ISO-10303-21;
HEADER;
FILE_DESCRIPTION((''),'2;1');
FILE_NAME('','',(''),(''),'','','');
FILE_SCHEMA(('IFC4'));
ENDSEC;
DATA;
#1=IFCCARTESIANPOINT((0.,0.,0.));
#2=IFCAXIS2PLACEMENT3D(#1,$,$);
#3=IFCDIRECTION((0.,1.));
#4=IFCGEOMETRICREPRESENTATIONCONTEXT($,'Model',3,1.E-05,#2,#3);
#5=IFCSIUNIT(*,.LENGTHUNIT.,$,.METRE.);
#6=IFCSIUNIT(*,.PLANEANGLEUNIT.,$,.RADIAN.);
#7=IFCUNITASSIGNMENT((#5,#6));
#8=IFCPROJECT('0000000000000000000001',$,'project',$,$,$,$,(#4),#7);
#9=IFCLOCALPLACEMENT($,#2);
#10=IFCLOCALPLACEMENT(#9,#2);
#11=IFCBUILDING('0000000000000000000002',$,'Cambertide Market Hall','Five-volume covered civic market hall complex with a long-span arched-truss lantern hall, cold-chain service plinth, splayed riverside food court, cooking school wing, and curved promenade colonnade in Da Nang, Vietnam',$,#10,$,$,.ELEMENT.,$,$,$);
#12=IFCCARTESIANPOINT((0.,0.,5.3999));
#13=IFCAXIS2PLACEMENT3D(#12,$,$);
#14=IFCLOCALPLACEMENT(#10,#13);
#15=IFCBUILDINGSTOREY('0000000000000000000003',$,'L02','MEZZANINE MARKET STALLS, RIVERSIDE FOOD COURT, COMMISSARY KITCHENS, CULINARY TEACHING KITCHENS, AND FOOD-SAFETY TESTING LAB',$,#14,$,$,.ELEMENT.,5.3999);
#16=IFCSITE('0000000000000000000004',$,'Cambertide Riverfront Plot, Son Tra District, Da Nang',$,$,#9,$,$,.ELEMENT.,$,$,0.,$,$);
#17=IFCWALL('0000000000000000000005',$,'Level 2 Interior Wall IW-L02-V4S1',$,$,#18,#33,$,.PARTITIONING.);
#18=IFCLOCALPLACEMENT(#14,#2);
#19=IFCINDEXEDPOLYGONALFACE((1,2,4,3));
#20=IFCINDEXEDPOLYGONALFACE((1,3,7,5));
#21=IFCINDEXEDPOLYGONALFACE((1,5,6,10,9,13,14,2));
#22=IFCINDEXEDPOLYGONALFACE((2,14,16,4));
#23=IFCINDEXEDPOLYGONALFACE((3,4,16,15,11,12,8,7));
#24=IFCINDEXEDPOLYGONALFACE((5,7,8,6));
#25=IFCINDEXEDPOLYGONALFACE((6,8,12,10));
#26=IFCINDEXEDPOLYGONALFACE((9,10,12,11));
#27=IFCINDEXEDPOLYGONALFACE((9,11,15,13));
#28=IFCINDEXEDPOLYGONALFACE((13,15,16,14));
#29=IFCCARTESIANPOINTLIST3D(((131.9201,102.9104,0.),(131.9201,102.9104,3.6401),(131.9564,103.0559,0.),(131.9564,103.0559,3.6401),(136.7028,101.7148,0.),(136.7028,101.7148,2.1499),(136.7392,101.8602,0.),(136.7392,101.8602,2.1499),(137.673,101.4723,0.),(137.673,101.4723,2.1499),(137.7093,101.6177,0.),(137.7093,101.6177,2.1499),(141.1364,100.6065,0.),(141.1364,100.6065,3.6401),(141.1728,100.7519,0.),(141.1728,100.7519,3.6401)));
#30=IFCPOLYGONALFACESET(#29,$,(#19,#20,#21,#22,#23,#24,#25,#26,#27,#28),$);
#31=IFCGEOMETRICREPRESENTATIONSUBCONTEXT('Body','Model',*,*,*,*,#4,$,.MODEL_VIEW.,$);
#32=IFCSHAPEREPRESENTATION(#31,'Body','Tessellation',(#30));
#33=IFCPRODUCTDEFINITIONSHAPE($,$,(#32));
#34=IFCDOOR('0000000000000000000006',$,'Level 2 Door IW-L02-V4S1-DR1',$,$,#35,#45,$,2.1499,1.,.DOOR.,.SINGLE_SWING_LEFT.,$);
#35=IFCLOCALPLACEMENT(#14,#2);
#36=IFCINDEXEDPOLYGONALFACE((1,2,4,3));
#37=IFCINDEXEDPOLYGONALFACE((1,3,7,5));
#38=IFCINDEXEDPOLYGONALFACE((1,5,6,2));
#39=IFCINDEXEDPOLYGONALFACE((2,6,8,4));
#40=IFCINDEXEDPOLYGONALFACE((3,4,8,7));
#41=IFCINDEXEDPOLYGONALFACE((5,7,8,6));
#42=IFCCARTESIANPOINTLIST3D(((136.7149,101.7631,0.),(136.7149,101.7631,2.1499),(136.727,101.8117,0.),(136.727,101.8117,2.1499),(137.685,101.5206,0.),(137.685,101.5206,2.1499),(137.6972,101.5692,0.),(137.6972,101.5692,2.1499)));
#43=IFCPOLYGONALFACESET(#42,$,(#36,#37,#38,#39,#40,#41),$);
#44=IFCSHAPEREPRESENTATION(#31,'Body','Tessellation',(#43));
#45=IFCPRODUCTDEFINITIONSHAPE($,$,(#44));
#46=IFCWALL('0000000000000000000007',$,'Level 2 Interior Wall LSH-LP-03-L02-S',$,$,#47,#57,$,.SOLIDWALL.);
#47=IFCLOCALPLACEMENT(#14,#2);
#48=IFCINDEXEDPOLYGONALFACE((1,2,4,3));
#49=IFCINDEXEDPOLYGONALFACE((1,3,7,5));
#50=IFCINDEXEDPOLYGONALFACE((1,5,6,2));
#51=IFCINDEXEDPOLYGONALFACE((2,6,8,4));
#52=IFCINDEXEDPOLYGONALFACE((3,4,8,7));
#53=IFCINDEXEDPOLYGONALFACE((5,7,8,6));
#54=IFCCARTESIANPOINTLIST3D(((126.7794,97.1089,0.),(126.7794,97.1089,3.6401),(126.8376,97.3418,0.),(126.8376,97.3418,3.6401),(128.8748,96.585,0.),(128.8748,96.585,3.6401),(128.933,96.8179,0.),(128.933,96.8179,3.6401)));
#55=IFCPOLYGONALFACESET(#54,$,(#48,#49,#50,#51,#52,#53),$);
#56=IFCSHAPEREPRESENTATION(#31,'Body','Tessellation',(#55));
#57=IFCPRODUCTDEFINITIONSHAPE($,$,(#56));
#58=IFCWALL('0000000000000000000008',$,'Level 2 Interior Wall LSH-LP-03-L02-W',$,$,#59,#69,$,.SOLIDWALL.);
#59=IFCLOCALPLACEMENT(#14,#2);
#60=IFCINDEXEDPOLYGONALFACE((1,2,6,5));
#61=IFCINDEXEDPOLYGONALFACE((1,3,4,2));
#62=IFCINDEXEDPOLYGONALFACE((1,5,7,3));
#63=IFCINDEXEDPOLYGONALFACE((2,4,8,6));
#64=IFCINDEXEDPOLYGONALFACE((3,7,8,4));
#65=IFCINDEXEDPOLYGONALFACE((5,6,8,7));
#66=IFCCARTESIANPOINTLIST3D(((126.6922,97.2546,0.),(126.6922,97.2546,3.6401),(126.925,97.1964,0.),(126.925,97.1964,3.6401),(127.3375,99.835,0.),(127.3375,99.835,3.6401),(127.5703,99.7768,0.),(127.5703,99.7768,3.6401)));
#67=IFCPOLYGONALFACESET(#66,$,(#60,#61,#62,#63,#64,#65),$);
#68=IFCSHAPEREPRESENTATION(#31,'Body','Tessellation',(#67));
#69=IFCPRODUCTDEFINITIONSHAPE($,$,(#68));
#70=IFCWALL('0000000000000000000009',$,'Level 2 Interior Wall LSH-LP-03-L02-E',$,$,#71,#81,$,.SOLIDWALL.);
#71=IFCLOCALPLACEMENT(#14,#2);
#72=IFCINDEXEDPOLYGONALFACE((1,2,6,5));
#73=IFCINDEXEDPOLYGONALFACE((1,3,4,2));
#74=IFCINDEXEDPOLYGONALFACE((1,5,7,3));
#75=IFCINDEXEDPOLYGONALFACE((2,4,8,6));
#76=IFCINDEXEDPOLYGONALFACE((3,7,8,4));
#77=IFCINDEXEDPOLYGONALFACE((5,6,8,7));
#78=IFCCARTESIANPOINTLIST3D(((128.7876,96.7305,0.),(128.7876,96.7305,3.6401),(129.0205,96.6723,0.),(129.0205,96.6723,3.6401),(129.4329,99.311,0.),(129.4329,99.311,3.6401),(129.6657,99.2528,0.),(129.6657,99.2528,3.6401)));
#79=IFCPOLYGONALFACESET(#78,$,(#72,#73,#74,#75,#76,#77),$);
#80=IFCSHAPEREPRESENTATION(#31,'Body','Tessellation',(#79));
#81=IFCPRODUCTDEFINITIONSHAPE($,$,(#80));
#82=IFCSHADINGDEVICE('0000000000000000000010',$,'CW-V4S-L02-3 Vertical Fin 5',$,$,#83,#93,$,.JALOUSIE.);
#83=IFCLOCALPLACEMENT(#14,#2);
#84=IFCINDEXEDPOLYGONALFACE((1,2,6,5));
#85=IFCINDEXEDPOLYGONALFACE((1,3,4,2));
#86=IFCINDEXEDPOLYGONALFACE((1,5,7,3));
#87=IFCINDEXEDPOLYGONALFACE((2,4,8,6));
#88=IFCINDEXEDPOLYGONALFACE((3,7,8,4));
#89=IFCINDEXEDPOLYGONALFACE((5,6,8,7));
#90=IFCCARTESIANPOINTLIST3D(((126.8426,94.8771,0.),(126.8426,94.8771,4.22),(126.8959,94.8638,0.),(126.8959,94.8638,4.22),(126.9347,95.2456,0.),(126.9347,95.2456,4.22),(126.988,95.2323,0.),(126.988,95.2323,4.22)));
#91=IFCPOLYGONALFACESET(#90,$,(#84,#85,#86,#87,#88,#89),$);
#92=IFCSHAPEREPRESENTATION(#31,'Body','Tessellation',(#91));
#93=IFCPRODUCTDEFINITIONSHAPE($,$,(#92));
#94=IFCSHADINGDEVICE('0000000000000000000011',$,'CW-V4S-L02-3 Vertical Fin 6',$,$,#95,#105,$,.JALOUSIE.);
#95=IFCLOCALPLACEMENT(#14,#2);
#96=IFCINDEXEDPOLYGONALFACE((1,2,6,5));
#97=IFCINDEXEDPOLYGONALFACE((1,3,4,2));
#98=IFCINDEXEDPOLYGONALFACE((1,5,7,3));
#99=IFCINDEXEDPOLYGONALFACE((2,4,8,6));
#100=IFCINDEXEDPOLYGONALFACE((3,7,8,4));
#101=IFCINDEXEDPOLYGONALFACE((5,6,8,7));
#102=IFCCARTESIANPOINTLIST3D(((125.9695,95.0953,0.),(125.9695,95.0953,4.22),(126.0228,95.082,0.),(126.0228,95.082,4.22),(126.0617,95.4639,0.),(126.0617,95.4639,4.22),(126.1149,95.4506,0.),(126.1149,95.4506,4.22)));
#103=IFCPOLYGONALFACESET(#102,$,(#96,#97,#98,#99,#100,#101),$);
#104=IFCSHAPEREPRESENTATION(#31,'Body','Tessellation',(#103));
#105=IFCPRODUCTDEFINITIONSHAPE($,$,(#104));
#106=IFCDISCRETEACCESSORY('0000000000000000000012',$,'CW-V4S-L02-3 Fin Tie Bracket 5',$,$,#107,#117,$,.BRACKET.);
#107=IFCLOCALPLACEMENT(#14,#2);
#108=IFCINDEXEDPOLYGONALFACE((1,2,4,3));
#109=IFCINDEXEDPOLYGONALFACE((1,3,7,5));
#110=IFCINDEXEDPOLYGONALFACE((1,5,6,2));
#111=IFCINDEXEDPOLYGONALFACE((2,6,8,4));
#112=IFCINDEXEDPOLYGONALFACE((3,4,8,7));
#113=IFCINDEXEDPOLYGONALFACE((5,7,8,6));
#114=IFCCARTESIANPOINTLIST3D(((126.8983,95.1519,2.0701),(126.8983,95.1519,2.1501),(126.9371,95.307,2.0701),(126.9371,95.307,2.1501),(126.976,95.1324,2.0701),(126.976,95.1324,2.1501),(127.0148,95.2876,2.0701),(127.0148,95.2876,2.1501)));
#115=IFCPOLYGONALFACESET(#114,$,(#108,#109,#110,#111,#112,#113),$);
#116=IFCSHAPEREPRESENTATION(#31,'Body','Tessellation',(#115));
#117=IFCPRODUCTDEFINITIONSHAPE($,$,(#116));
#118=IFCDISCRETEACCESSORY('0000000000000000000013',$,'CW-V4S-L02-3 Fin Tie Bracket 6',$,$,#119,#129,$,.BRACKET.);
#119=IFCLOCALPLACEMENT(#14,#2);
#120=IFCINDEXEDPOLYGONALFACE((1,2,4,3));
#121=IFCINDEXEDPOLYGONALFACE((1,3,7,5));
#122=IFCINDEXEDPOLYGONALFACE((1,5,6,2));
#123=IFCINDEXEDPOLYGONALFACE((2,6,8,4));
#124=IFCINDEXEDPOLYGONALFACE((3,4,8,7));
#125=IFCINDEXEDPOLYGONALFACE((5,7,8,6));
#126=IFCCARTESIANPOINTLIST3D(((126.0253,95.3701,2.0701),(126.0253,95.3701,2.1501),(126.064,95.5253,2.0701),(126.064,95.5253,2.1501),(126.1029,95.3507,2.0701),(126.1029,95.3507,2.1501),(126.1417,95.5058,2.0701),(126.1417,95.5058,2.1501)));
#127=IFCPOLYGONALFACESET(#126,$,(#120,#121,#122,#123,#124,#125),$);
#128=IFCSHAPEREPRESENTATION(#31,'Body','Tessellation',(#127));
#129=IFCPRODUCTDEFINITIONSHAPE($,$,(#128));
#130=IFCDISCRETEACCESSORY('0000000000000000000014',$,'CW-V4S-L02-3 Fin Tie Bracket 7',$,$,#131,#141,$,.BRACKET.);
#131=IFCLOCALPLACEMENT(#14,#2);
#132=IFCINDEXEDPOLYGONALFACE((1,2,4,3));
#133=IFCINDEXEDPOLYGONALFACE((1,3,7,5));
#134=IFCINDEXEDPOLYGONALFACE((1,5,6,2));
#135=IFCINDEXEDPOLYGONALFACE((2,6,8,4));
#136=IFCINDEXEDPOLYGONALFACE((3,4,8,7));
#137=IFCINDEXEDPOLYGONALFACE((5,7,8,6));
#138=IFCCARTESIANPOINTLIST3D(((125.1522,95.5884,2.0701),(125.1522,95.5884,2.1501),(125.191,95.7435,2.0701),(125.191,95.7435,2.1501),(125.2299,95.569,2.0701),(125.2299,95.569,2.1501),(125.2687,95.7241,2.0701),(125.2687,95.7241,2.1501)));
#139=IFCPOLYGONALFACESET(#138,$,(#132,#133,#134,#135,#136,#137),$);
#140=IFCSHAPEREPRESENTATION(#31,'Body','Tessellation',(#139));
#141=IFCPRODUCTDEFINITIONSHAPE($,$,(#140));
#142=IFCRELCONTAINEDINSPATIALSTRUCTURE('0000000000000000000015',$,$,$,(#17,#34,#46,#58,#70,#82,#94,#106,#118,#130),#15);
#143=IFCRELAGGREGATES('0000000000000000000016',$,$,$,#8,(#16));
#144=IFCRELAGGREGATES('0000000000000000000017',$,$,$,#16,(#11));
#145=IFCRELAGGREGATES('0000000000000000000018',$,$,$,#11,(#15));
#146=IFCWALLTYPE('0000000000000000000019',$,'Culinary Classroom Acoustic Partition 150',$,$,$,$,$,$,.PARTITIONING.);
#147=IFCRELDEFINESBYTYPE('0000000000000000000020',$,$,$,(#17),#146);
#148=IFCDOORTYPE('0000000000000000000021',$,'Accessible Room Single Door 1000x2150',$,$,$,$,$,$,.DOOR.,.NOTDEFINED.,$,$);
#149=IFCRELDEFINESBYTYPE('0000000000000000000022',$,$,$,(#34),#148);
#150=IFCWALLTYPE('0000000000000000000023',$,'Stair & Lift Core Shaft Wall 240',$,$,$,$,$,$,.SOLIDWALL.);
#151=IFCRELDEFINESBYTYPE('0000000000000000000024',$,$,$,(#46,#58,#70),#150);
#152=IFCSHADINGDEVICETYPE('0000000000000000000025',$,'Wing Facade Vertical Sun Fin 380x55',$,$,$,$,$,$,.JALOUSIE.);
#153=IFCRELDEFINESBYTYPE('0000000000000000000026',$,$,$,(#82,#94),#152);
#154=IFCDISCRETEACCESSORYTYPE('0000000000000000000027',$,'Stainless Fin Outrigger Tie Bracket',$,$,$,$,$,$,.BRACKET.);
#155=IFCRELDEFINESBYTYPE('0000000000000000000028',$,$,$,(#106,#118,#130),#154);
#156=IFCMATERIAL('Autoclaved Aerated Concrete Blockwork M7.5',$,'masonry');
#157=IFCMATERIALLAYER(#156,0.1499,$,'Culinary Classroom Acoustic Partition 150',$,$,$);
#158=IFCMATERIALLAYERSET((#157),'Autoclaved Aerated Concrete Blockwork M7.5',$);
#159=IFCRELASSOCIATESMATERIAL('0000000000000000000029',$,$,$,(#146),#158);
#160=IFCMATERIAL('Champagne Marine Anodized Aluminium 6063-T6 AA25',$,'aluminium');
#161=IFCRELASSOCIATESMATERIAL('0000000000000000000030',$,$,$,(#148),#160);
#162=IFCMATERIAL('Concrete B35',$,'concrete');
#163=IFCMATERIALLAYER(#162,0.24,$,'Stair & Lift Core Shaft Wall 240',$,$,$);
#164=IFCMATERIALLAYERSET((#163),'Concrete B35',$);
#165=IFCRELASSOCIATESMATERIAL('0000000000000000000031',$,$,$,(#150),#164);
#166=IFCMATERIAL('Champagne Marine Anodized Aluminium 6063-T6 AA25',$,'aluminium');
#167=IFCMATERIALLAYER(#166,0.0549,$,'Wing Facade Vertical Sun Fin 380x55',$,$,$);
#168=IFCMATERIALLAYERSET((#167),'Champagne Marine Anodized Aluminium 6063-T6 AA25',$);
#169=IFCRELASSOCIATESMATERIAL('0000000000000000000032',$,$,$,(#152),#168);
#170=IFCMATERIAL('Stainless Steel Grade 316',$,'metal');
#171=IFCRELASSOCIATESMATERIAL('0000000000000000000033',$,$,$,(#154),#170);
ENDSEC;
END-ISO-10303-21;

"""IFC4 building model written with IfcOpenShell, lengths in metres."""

from ifc_helpers import new_model, si_unit, direction, frame, frame_2d, origin, origin_2d, place, context, subcontext, project, spatial, rectangle, extrude, material, layer, layer_set, type_object, element, fill, save


model = new_model("IFC4")

# Units and contexts
model_context = context("Model", 3, precision=1e-05, world=origin(), true_north=direction((0.0, 1.0)))
body_context = subcontext(model_context, "Body", "Model", "MODEL_VIEW")
ifc_project = project(units=[si_unit("LENGTHUNIT", "METRE"), si_unit("PLANEANGLEUNIT", "RADIAN")], contexts=[model_context])

# Site, building, storey
site_placement = place(None, origin())
site = spatial("IfcSite", under=ifc_project, at=site_placement, Name="Cambertide Riverfront Plot, Son Tra District, Da Nang", CompositionType="ELEMENT", RefElevation=0.0)
building_placement = place(site_placement, origin())
building = spatial("IfcBuilding", under=site, at=building_placement, Name="Cambertide Market Hall", Description="Five-volume covered civic market hall complex with a long-span arched-truss lantern hall, cold-chain service plinth, splayed riverside food court, cooking school wing, and curved promenade colonnade in Da Nang, Vietnam", CompositionType="ELEMENT")
storey_placement = place(building_placement, frame((0.0, 0.0, 5.3999)))
storey = spatial("IfcBuildingStorey", under=building, at=storey_placement, Name="L02", Description="MEZZANINE MARKET STALLS, RIVERSIDE FOOD COURT, COMMISSARY KITCHENS, CULINARY TEACHING KITCHENS, AND FOOD-SAFETY TESTING LAB", CompositionType="ELEMENT", Elevation=5.3999)

# Wall, opening, door
ifc_material_1 = material(Name="Autoclaved Aerated Concrete Blockwork M7.5", Category="masonry")
ifc_layer_1 = layer(ifc_material_1, 0.1499, Name="Culinary Classroom Acoustic Partition 150")
ifc_layer_set_1 = layer_set([ifc_layer_1], Name="Autoclaved Aerated Concrete Blockwork M7.5")
wall_type_1 = type_object("IfcWallType", Name="Culinary Classroom Acoustic Partition 150", PredefinedType="PARTITIONING", material=ifc_layer_set_1)
wall_1_placement = place(storey_placement, frame((131.9382, 102.9832, 0.0), z_axis=(0.0, 0.0, 1.0), x_axis=(0.970146, -0.242524, 0.0)))
wall_1 = element("IfcWall", 1, at=wall_1_placement, inside=storey, type_object=wall_type_1, Name="Level 2 Interior Wall IW-L02-V4S1", PredefinedType="PARTITIONING", context=body_context, shape_type="SweptSolid", body=[
    extrude(rectangle(XDim=9.5, YDim=0.1499, at=frame_2d((4.75, 0.0))), origin(), (0.0, 0.0, 1.0), 3.6401),
])
opening_1_placement = place(wall_1_placement, frame((4.9299, 0.0, 0.0)))
opening_1 = element("IfcOpeningElement", 2, at=opening_1_placement, cuts=wall_1, PredefinedType="OPENING", context=body_context, shape_type="SweptSolid", body=[
    extrude(rectangle(XDim=1.0, YDim=2.1499, at=frame_2d((0.5, 1.075))), frame((0.0, 0.085, 0.0), z_axis=(0.0, -1.0, 0.0), x_axis=(1.0, 0.0, 0.0)), (0.0, 0.0, 1.0), 0.1699),
])
ifc_material_2 = material(Name="Champagne Marine Anodized Aluminium 6063-T6 AA25", Category="aluminium")
door_type_1 = type_object("IfcDoorType", Name="Accessible Room Single Door 1000x2150", OperationType="NOTDEFINED", PredefinedType="DOOR", material=ifc_material_2)
door_1_placement = place(opening_1_placement, origin())
door_1 = element("IfcDoor", 3, at=door_1_placement, inside=storey, type_object=door_type_1, Name="Level 2 Door IW-L02-V4S1-DR1", OperationType="SINGLE_SWING_LEFT", OverallHeight=2.1499, OverallWidth=1.0, PredefinedType="DOOR", context=body_context, shape_type="SweptSolid", body=[
    extrude(rectangle(XDim=1.0, YDim=2.1499, at=frame_2d((0.5, 1.075))), frame((0.0, 0.0249, 0.0), z_axis=(0.0, -1.0, 0.0), x_axis=(1.0, 0.0, 0.0)), (0.0, 0.0, 1.0), 0.05),
])
fill(opening_1, door_1)

# Wall
ifc_material_3 = material(Name="Concrete B35", Category="concrete")
ifc_layer_2 = layer(ifc_material_3, 0.24, Name="Stair & Lift Core Shaft Wall 240")
ifc_layer_set_2 = layer_set([ifc_layer_2], Name="Concrete B35")
wall_type_2 = type_object("IfcWallType", Name="Stair & Lift Core Shaft Wall 240", PredefinedType="SOLIDWALL", material=ifc_layer_set_2)
wall_2_placement = place(storey_placement, frame((128.9041, 96.7014, 0.0), z_axis=(0.0, 0.0, 1.0), x_axis=(-0.970136, 0.242562, 0.0)))
element("IfcWall", 4, at=wall_2_placement, inside=storey, type_object=wall_type_2, Name="Level 2 Interior Wall LSH-LP-03-L02-S", PredefinedType="SOLIDWALL", context=body_context, shape_type="SweptSolid", body=[
    extrude(rectangle(XDim=2.1599, YDim=0.24, at=frame_2d((1.0801, 0.0))), origin(), (0.0, 0.0, 1.0), 3.6401),
])

# Walls
for number, where, z_axis, x_axis, name in (
    (5, (126.8086, 97.2253, 0.0), (0.0, 0.0, 1.0), (0.242579, 0.970132, 0.0), "Level 2 Interior Wall LSH-LP-03-L02-W"),
    (6, (129.5493, 99.282, 0.0), (0.0, 0.0, 1.0), (-0.242579, -0.970132, 0.0), "Level 2 Interior Wall LSH-LP-03-L02-E"),
):
    element("IfcWall", number, at=place(storey_placement, frame(where, z_axis=z_axis, x_axis=x_axis)), inside=storey, type_object=wall_type_2, Name=name, PredefinedType="SOLIDWALL", context=body_context, shape_type="SweptSolid", body=[
        extrude(rectangle(XDim=2.6599, YDim=0.24, at=frame_2d((1.3301, 0.0))), origin(), (0.0, 0.0, 1.0), 3.6401),
    ])

# Shading devices
ifc_material_4 = material(Name="Champagne Marine Anodized Aluminium 6063-T6 AA25", Category="aluminium")
ifc_layer_3 = layer(ifc_material_4, 0.0549, Name="Wing Facade Vertical Sun Fin 380x55")
ifc_layer_set_3 = layer_set([ifc_layer_3], Name="Champagne Marine Anodized Aluminium 6063-T6 AA25")
shading_device_type = type_object("IfcShadingDeviceType", Name="Wing Facade Vertical Sun Fin 380x55", PredefinedType="JALOUSIE", material=ifc_layer_set_3)
for number, where, z_axis, x_axis, name in (
    (7, (126.9153, 95.0547, 0.0), (0.0, 0.0, 1.0), (-0.970143, 0.242535, 0.0), "CW-V4S-L02-3 Vertical Fin 5"),
    (8, (126.0422, 95.2729, 0.0), (0.0, 0.0, 1.0), (-0.970143, 0.242535, 0.0), "CW-V4S-L02-3 Vertical Fin 6"),
):
    element("IfcShadingDevice", number, at=place(storey_placement, frame(where, z_axis=z_axis, x_axis=x_axis)), inside=storey, type_object=shading_device_type, Name=name, PredefinedType="JALOUSIE", context=body_context, shape_type="SweptSolid", body=[
        extrude(rectangle(XDim=0.0549, YDim=0.3799, at=origin_2d()), origin(), (0.0, 0.0, 1.0), 4.22),
    ])

# Discrete accessories
ifc_material_5 = material(Name="Stainless Steel Grade 316", Category="metal")
discrete_accessory_type = type_object("IfcDiscreteAccessoryType", Name="Stainless Fin Outrigger Tie Bracket", PredefinedType="BRACKET", material=ifc_material_5)
for number, where, z_axis, x_axis, name in (
    (9, (126.9565, 95.2197, 2.0701), (0.0, 0.0, 1.0), (-0.970143, 0.242535, 0.0), "CW-V4S-L02-3 Fin Tie Bracket 5"),
    (10, (126.0835, 95.438, 2.0701), (0.0, 0.0, 1.0), (-0.970143, 0.242535, 0.0), "CW-V4S-L02-3 Fin Tie Bracket 6"),
    (11, (125.2104, 95.6562, 2.0701), (0.0, 0.0, 1.0), (-0.970143, 0.242535, 0.0), "CW-V4S-L02-3 Fin Tie Bracket 7"),
):
    element("IfcDiscreteAccessory", number, at=place(storey_placement, frame(where, z_axis=z_axis, x_axis=x_axis)), inside=storey, type_object=discrete_accessory_type, Name=name, PredefinedType="BRACKET", context=body_context, shape_type="SweptSolid", body=[
        extrude(rectangle(XDim=0.0801, YDim=0.1599, at=origin_2d()), origin(), (0.0, 0.0, 1.0), 0.0801),
    ])

save(model, "model.ifc")
